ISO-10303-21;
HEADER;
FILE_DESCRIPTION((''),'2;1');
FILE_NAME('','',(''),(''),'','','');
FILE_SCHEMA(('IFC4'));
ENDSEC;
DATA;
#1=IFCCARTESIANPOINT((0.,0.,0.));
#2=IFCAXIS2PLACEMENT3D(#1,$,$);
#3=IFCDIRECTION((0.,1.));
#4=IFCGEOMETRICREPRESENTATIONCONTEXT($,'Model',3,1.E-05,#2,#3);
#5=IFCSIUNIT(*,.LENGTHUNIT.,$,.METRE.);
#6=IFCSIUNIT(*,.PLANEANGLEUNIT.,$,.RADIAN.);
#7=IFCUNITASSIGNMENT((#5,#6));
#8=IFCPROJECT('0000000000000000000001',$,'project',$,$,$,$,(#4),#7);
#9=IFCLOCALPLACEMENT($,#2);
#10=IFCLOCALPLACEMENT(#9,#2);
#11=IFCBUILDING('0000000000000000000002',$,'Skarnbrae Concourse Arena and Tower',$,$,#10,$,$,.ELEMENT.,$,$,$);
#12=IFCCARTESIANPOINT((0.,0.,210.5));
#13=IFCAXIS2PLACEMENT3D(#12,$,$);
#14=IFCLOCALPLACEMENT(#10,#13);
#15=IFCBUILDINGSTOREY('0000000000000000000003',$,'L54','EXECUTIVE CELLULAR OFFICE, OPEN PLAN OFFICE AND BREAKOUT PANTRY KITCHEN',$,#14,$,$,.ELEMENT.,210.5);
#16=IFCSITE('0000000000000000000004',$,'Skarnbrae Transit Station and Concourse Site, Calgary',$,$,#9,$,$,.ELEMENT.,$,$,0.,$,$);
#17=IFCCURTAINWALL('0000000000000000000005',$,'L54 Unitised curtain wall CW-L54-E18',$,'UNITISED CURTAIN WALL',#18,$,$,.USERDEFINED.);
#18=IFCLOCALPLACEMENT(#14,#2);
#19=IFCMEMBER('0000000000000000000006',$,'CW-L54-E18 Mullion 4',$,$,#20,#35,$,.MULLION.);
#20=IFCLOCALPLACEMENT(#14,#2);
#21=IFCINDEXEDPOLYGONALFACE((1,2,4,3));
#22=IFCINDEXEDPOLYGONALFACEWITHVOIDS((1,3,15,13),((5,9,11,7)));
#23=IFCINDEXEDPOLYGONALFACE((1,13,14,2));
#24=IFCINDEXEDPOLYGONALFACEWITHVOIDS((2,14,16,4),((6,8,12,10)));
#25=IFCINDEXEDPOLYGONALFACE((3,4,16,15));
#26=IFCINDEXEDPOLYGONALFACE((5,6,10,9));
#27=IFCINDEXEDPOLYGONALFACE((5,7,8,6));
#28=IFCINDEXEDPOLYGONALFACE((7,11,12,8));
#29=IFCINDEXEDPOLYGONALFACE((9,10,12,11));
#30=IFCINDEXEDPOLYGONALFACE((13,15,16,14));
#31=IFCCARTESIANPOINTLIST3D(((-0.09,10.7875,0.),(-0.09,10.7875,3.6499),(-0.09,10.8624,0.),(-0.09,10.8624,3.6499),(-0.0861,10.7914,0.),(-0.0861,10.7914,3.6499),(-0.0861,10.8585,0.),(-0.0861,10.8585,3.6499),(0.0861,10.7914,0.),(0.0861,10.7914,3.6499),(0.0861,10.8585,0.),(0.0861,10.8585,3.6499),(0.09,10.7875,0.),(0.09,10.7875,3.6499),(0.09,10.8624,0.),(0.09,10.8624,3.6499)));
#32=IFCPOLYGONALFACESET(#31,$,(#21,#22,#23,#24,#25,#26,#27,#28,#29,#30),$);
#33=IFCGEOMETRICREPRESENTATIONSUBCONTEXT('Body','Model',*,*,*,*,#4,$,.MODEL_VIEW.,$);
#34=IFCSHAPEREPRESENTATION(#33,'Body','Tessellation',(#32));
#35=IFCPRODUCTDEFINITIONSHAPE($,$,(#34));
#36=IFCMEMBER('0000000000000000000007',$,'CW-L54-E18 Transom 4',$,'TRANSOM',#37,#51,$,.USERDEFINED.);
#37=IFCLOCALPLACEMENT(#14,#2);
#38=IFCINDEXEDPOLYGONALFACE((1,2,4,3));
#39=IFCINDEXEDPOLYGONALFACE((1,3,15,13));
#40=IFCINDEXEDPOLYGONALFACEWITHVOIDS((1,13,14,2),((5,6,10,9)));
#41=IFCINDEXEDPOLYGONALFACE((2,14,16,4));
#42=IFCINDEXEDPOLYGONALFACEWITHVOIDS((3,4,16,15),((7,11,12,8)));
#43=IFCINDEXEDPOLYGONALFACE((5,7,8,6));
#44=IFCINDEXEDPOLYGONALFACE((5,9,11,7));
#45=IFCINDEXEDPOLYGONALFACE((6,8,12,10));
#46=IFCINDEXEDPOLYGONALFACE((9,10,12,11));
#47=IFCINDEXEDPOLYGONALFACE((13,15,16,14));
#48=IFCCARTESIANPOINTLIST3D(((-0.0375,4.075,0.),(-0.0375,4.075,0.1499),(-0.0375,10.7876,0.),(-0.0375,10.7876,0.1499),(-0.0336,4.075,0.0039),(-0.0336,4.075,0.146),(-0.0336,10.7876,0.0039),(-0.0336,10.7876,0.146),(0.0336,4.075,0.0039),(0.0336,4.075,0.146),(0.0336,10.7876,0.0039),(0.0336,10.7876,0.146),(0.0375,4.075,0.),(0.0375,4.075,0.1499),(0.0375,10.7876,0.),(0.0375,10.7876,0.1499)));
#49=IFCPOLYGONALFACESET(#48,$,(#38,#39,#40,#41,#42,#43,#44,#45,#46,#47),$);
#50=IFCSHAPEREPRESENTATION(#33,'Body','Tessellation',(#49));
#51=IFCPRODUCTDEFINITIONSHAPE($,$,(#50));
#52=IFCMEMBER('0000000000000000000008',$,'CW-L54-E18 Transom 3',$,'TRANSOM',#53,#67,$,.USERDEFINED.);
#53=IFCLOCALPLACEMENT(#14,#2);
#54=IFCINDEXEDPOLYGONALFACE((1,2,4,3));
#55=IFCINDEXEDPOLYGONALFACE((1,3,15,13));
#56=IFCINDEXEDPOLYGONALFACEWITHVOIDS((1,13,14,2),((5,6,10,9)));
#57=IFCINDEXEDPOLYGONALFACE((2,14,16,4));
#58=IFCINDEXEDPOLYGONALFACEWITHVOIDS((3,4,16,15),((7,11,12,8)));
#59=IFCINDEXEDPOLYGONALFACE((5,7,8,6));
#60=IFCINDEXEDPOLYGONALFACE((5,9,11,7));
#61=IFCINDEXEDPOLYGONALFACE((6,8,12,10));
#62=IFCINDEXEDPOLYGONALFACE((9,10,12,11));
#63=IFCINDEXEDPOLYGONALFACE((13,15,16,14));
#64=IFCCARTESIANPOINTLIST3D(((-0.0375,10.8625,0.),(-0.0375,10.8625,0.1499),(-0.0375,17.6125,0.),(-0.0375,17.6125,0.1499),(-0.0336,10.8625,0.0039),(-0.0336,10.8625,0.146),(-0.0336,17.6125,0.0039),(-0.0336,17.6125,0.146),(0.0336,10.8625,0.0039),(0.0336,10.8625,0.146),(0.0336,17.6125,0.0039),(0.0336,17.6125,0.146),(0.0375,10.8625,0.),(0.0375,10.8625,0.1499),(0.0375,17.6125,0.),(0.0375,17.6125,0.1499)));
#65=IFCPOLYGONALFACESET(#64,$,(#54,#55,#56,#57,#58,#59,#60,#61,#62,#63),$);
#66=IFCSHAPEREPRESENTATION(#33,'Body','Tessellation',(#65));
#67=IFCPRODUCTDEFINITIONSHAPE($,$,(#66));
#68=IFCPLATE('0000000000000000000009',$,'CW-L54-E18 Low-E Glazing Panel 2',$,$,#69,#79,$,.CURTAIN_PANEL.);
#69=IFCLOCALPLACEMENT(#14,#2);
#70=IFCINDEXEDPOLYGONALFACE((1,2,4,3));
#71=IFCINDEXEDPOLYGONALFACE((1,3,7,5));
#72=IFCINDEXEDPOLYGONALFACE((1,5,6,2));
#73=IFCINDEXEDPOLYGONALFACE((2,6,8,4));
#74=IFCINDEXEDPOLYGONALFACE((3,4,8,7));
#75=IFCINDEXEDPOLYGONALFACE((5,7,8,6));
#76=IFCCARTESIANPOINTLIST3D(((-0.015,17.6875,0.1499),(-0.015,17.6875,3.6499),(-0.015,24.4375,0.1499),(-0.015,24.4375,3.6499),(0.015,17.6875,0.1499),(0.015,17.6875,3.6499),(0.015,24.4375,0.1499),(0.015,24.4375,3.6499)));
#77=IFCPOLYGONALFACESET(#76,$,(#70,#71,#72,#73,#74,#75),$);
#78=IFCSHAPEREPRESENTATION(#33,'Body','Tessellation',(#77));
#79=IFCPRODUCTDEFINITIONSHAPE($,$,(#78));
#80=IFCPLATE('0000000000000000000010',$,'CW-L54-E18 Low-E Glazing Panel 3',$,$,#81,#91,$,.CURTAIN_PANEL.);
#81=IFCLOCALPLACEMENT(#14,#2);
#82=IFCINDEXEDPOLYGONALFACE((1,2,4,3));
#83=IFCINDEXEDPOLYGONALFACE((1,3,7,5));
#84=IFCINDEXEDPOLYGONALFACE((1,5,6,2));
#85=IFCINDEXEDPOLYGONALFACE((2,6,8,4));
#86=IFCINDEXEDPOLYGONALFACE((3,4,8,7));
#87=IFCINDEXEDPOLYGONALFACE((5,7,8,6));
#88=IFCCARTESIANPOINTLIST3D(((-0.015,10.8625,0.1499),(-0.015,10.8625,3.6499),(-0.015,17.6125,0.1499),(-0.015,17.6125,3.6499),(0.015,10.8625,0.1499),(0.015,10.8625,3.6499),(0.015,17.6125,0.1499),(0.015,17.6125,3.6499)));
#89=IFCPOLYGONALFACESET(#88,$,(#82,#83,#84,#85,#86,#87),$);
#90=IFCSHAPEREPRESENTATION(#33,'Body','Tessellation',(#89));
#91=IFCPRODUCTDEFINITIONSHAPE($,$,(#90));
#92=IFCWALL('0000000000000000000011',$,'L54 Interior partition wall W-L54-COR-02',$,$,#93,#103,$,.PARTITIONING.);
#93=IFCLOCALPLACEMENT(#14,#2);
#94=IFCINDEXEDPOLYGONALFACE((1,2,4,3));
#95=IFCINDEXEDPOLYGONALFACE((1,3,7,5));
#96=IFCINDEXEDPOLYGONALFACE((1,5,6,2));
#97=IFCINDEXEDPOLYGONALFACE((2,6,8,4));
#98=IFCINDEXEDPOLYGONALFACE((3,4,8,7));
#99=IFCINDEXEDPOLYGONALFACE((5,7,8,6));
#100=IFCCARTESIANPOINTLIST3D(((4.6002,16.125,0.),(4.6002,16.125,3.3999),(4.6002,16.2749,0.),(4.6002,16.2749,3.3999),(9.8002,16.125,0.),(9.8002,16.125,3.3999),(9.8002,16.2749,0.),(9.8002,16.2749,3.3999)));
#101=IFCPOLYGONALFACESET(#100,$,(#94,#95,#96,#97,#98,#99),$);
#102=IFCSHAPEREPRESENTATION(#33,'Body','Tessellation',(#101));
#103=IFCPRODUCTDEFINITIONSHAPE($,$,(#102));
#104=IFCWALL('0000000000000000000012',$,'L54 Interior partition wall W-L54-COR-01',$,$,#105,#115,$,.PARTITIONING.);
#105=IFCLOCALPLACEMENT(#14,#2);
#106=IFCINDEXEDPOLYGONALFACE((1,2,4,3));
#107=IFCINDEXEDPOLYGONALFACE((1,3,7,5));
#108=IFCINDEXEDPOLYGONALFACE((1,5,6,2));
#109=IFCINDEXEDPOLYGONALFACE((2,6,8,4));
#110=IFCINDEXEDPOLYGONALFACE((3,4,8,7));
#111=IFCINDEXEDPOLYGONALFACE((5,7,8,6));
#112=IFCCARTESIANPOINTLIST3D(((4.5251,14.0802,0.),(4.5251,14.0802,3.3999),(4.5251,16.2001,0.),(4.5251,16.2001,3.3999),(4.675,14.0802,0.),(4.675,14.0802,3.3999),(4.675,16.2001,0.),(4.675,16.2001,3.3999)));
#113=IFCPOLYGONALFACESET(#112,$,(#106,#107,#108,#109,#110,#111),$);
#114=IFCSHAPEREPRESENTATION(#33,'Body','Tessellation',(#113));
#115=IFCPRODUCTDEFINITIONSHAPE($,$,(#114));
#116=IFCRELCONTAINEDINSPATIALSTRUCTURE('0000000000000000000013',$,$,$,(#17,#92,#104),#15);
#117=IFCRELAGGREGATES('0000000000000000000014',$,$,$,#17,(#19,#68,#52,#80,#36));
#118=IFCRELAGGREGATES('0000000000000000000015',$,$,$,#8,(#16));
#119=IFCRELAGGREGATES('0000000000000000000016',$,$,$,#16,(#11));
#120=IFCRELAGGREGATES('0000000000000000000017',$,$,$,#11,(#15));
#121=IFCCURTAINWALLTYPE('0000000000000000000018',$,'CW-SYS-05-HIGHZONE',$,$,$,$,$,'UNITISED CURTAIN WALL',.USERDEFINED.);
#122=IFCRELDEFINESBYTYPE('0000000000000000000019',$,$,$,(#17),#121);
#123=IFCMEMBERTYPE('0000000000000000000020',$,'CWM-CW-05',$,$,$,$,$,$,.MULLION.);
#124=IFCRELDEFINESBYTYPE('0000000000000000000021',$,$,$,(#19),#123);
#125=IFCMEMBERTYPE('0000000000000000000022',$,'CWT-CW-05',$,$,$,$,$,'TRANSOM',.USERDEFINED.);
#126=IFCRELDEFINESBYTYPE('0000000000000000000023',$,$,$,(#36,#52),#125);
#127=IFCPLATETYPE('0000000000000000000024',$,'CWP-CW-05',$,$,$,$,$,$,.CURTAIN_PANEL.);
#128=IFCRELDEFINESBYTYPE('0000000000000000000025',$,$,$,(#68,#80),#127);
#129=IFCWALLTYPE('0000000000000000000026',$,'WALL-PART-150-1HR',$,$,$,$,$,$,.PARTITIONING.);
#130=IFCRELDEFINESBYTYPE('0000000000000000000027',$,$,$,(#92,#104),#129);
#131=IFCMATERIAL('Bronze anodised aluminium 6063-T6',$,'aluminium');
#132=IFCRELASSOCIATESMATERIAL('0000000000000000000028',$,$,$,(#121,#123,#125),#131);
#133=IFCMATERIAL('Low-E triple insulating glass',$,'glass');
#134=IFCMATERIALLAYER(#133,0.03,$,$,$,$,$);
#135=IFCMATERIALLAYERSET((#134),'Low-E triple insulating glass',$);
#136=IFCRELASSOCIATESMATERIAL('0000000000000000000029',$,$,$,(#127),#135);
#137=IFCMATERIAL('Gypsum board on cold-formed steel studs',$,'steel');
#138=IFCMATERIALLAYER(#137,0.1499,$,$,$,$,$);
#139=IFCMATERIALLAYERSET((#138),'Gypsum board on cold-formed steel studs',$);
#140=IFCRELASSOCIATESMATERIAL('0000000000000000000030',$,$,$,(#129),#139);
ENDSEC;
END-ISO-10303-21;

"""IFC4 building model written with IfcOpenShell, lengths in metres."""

from ifc_helpers import new_model, si_unit, direction, frame, frame_2d, origin, origin_2d, place, context, subcontext, project, spatial, rectangle, hollow_rectangle, extrude, source, transform, mapped, material, layer, layer_set, material_profile, profile_set, type_object, element, aggregate, save


model = new_model("IFC4")

# Units and contexts
model_context = context("Model", 3, precision=1e-05, world=origin(), true_north=direction((0.0, 1.0)))
body_context = subcontext(model_context, "Body", "Model", "MODEL_VIEW")
ifc_project = project(units=[si_unit("LENGTHUNIT", "METRE"), si_unit("PLANEANGLEUNIT", "RADIAN")], contexts=[model_context])

# Site, building, storey
site_placement = place(None, origin())
site = spatial("IfcSite", under=ifc_project, at=site_placement, Name="Skarnbrae Transit Station and Concourse Site, Calgary", CompositionType="ELEMENT", RefElevation=0.0)
building_placement = place(site_placement, origin())
building = spatial("IfcBuilding", under=site, at=building_placement, Name="Skarnbrae Concourse Arena and Tower", CompositionType="ELEMENT")
storey_placement = place(building_placement, frame((0.0, 0.0, 210.5)))
storey = spatial("IfcBuildingStorey", under=building, at=storey_placement, Name="L54", Description="EXECUTIVE CELLULAR OFFICE, OPEN PLAN OFFICE AND BREAKOUT PANTRY KITCHEN", CompositionType="ELEMENT", Elevation=210.5)

# Curtain wall, members, plates
ifc_material_1 = material(Name="Bronze anodised aluminium 6063-T6", Category="aluminium")
curtain_wall_type = type_object("IfcCurtainWallType", Name="CW-SYS-05-HIGHZONE", ElementType="UNITISED CURTAIN WALL", PredefinedType="USERDEFINED", material=ifc_material_1)
curtain_wall_placement = place(storey_placement, origin())
curtain_wall = element("IfcCurtainWall", 1, at=curtain_wall_placement, inside=storey, type_object=curtain_wall_type, Name="L54 Unitised curtain wall CW-L54-E18", ObjectType="UNITISED CURTAIN WALL", PredefinedType="USERDEFINED")
ifc_material_profile_1 = material_profile(ifc_material_1, hollow_rectangle(XDim=0.075, YDim=0.1799, WallThickness=0.0039, at=origin_2d()), Name="ALU-MULL-75X180")
ifc_profile_set_1 = profile_set([ifc_material_profile_1], Name="Bronze anodised aluminium 6063-T6")
member_type_1 = type_object("IfcMemberType", Name="CWM-CW-05", PredefinedType="MULLION", material=ifc_profile_set_1)
shared_shape_1 = source(origin(), body_context, "Body", "SweptSolid", [
    extrude(hollow_rectangle(XDim=0.075, YDim=0.1799, WallThickness=0.0039, at=origin_2d()), origin(), (0.0, 0.0, 1.0), 3.6499),
])
member_1_placement = place(storey_placement, frame((0.0, 10.825, 0.0), z_axis=(0.0, 0.0, 1.0), x_axis=(0.0, -1.0, 0.0)))
member_1 = element("IfcMember", 2, at=member_1_placement, type_object=member_type_1, Name="CW-L54-E18 Mullion 4", PredefinedType="MULLION", context=body_context, shape_type="MappedRepresentation", body=[
    mapped(shared_shape_1, transform((0.0, 0.0, 0.0))),
])
ifc_material_profile_2 = material_profile(ifc_material_1, hollow_rectangle(XDim=0.075, YDim=0.1499, WallThickness=0.0039, at=origin_2d()), Name="ALU-TRAN-75X150")
ifc_profile_set_2 = profile_set([ifc_material_profile_2], Name="Bronze anodised aluminium 6063-T6")
member_type_2 = type_object("IfcMemberType", Name="CWT-CW-05", ElementType="TRANSOM", PredefinedType="USERDEFINED", material=ifc_profile_set_2)
shared_shape_2 = source(origin(), body_context, "Body", "SweptSolid", [
    extrude(hollow_rectangle(XDim=0.075, YDim=0.1499, WallThickness=0.0039, at=origin_2d()), origin(), (0.0, 0.0, 1.0), 6.7126),
])
member_2_placement = place(storey_placement, frame((0.0, 10.7876, 0.075), z_axis=(0.0, -1.0, 0.0), x_axis=(1.0, 0.0, 0.0)))
member_2 = element("IfcMember", 3, at=member_2_placement, type_object=member_type_2, Name="CW-L54-E18 Transom 4", ObjectType="TRANSOM", PredefinedType="USERDEFINED", context=body_context, shape_type="MappedRepresentation", body=[
    mapped(shared_shape_2, transform((0.0, 0.0, 0.0))),
])
shared_shape_3 = source(origin(), body_context, "Body", "SweptSolid", [
    extrude(hollow_rectangle(XDim=0.075, YDim=0.1499, WallThickness=0.0039, at=origin_2d()), origin(), (0.0, 0.0, 1.0), 6.75),
])
member_3_placement = place(storey_placement, frame((0.0, 17.6125, 0.075), z_axis=(0.0, -1.0, 0.0), x_axis=(1.0, 0.0, 0.0)))
member_3 = element("IfcMember", 4, at=member_3_placement, type_object=member_type_2, Name="CW-L54-E18 Transom 3", ObjectType="TRANSOM", PredefinedType="USERDEFINED", context=body_context, shape_type="MappedRepresentation", body=[
    mapped(shared_shape_3, transform((0.0, 0.0, 0.0))),
])
ifc_material_2 = material(Name="Low-E triple insulating glass", Category="glass")
ifc_layer_1 = layer(ifc_material_2, 0.03)
ifc_layer_set_1 = layer_set([ifc_layer_1], Name="Low-E triple insulating glass")
plate_type = type_object("IfcPlateType", Name="CWP-CW-05", PredefinedType="CURTAIN_PANEL", material=ifc_layer_set_1)
shared_shape_4 = source(origin(), body_context, "Body", "SweptSolid", [
    extrude(rectangle(XDim=6.75, YDim=0.03, at=origin_2d()), origin(), (0.0, 0.0, 1.0), 3.5),
])
plate_1_placement = place(storey_placement, frame((0.0, 21.0625, 0.1499), z_axis=(0.0, 0.0, 1.0), x_axis=(0.0, -1.0, 0.0)))
plate_1 = element("IfcPlate", 5, at=plate_1_placement, type_object=plate_type, Name="CW-L54-E18 Low-E Glazing Panel 2", PredefinedType="CURTAIN_PANEL", context=body_context, shape_type="MappedRepresentation", body=[
    mapped(shared_shape_4, transform((0.0, 0.0, 0.0))),
])
plate_2_placement = place(storey_placement, frame((0.0, 14.2375, 0.1499), z_axis=(0.0, 0.0, 1.0), x_axis=(0.0, -1.0, 0.0)))
plate_2 = element("IfcPlate", 6, at=plate_2_placement, type_object=plate_type, Name="CW-L54-E18 Low-E Glazing Panel 3", PredefinedType="CURTAIN_PANEL", context=body_context, shape_type="MappedRepresentation", body=[
    mapped(shared_shape_4, transform((0.0, 0.0, 0.0))),
])
aggregate(curtain_wall, [member_1, plate_1, member_3, plate_2, member_2])

# Walls
ifc_material_3 = material(Name="Gypsum board on cold-formed steel studs", Category="steel")
ifc_layer_2 = layer(ifc_material_3, 0.1499)
ifc_layer_set_2 = layer_set([ifc_layer_2], Name="Gypsum board on cold-formed steel studs")
wall_type_1 = type_object("IfcWallType", Name="WALL-PART-150-1HR", PredefinedType="PARTITIONING", material=ifc_layer_set_2)
shared_shape_5 = source(origin(), body_context, "Body", "SweptSolid", [
    extrude(rectangle(XDim=5.2, YDim=0.1499, at=frame_2d((2.6001, 0.0))), origin(), (0.0, 0.0, 1.0), 3.3999),
])
wall_1_placement = place(storey_placement, frame((4.6001, 16.2, 0.0), z_axis=(0.0, 0.0, 1.0), x_axis=(1.0, 0.0, 0.0)))
element("IfcWall", 7, at=wall_1_placement, inside=storey, type_object=wall_type_1, Name="L54 Interior partition wall W-L54-COR-02", PredefinedType="PARTITIONING", context=body_context, shape_type="MappedRepresentation", body=[
    mapped(shared_shape_5, transform((0.0, 0.0, 0.0))),
])
shared_shape_6 = source(origin(), body_context, "Body", "SweptSolid", [
    extrude(rectangle(XDim=2.1199, YDim=0.1499, at=frame_2d((1.0601, 0.0))), origin(), (0.0, 0.0, 1.0), 3.3999),
])
wall_2_placement = place(storey_placement, frame((4.6001, 14.0801, 0.0), z_axis=(0.0, 0.0, 1.0), x_axis=(0.0, 1.0, 0.0)))
element("IfcWall", 8, at=wall_2_placement, inside=storey, type_object=wall_type_1, Name="L54 Interior partition wall W-L54-COR-01", PredefinedType="PARTITIONING", context=body_context, shape_type="MappedRepresentation", body=[
    mapped(shared_shape_6, transform((0.0, 0.0, 0.0))),
])

save(model, "model.ifc")
